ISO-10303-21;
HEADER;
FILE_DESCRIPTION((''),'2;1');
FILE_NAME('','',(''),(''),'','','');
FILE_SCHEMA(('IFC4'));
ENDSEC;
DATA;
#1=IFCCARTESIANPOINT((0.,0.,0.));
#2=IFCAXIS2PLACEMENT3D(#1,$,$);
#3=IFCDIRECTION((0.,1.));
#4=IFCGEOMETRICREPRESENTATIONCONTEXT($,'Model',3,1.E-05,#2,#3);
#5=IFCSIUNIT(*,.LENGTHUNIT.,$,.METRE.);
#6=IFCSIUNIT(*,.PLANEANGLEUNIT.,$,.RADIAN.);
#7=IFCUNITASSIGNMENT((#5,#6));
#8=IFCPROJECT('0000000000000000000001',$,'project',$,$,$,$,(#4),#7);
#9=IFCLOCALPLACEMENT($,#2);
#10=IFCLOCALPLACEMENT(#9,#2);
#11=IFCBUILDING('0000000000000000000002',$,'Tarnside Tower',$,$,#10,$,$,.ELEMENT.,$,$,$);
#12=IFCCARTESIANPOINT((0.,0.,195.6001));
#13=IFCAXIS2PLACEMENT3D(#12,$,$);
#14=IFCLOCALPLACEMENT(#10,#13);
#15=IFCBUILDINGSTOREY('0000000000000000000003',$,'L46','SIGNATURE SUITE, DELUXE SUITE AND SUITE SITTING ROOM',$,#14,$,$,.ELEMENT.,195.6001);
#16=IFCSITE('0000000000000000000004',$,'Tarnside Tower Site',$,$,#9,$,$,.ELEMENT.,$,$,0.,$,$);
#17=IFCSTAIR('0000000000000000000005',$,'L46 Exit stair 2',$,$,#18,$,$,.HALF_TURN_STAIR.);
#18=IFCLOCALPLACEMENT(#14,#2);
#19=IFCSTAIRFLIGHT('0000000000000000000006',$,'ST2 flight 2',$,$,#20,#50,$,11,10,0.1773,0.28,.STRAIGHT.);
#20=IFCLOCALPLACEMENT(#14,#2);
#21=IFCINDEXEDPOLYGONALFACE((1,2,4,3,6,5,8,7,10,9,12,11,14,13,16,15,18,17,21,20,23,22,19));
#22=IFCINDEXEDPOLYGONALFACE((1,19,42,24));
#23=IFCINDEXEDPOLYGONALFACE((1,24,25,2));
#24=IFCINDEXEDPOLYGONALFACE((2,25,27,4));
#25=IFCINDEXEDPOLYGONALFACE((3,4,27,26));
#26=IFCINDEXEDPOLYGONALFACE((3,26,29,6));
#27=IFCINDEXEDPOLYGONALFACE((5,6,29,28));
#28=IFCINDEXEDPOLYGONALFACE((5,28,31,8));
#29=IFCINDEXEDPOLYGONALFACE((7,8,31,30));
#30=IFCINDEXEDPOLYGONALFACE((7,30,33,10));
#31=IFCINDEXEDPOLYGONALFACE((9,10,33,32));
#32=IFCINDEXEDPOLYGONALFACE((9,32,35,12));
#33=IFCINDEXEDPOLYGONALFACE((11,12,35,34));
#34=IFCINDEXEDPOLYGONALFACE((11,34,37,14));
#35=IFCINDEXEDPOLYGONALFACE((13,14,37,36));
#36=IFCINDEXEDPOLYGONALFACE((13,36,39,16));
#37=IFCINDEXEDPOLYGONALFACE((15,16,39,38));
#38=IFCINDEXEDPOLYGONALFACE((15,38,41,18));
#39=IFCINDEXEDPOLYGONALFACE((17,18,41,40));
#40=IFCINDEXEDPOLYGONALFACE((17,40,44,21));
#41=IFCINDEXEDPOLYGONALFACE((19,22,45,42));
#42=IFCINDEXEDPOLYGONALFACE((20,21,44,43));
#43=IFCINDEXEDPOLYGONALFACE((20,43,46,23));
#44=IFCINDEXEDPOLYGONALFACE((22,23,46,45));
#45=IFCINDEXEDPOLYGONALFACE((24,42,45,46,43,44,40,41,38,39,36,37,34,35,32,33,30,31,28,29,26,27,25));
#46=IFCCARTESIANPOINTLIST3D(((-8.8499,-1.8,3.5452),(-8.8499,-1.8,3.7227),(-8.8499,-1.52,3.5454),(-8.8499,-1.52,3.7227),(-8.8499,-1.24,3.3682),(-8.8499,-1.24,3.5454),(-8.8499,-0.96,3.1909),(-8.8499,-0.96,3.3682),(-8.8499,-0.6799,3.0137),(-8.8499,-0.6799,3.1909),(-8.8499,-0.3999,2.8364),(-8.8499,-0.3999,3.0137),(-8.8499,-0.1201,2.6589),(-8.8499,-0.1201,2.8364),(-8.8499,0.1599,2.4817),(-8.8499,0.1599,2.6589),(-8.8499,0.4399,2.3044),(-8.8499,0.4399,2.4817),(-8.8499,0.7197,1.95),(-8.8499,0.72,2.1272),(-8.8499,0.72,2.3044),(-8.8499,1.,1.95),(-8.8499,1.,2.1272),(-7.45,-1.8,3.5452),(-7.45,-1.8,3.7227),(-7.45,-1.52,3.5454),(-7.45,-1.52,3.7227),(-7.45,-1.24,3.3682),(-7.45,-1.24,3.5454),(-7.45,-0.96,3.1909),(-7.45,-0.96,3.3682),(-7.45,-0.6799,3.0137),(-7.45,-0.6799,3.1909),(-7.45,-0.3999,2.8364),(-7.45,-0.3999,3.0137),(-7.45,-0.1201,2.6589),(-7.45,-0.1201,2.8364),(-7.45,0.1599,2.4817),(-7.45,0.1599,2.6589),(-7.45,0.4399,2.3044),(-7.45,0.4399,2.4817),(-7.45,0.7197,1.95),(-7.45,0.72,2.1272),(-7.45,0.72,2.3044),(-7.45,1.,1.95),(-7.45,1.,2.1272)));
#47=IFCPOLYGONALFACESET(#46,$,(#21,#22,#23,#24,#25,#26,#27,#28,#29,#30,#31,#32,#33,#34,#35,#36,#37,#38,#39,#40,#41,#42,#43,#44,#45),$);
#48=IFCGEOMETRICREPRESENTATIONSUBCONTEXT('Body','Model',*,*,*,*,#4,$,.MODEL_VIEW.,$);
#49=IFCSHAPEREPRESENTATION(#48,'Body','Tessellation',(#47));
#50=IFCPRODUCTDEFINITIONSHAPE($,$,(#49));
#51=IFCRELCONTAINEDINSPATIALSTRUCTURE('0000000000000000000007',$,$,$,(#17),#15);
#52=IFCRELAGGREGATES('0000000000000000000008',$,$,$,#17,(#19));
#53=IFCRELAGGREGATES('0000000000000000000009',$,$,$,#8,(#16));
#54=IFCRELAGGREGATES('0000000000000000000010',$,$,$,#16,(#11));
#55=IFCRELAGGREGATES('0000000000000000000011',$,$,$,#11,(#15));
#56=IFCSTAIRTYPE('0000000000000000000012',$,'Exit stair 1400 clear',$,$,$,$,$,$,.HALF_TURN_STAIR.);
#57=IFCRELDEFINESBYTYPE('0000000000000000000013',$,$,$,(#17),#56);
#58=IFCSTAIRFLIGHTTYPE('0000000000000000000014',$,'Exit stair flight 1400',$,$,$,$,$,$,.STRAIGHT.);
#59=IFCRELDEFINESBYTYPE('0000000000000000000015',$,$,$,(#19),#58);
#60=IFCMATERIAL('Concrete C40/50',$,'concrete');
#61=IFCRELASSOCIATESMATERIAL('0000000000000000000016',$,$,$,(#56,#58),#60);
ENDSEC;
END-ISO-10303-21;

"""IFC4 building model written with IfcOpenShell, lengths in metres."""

from ifc_helpers import new_model, si_unit, direction, frame, origin, place, context, subcontext, project, spatial, polyline, outline, extrude, material, type_object, element, aggregate, save


model = new_model("IFC4")

# Units and contexts
model_context = context("Model", 3, precision=1e-05, world=origin(), true_north=direction((0.0, 1.0)))
body_context = subcontext(model_context, "Body", "Model", "MODEL_VIEW")
ifc_project = project(units=[si_unit("LENGTHUNIT", "METRE"), si_unit("PLANEANGLEUNIT", "RADIAN")], contexts=[model_context])

# Site, building, storey
site_placement = place(None, origin())
site = spatial("IfcSite", under=ifc_project, at=site_placement, Name="Tarnside Tower Site", CompositionType="ELEMENT", RefElevation=0.0)
building_placement = place(site_placement, origin())
building = spatial("IfcBuilding", under=site, at=building_placement, Name="Tarnside Tower", CompositionType="ELEMENT")
storey_placement = place(building_placement, frame((0.0, 0.0, 195.6001)))
storey = spatial("IfcBuildingStorey", under=building, at=storey_placement, Name="L46", Description="SIGNATURE SUITE, DELUXE SUITE AND SUITE SITTING ROOM", CompositionType="ELEMENT", Elevation=195.6001)

# Shared definitions
ifc_material_1 = material(Name="Concrete C40/50", Category="concrete")

# Stair, stair flight
stair_type = type_object("IfcStairType", Name="Exit stair 1400 clear", PredefinedType="HALF_TURN_STAIR", material=ifc_material_1)
stair_placement = place(storey_placement, origin())
stair = element("IfcStair", 1, at=stair_placement, inside=storey, type_object=stair_type, Name="L46 Exit stair 2", PredefinedType="HALF_TURN_STAIR")
stair_flight_type = type_object("IfcStairFlightType", Name="Exit stair flight 1400", PredefinedType="STRAIGHT", material=ifc_material_1)
stair_flight_placement = place(storey_placement, frame((-8.1499, 1.0, 1.95), z_axis=(0.0, 0.0, 1.0), x_axis=(0.0, -1.0, 0.0)))
stair_flight = element("IfcStairFlight", 2, at=stair_flight_placement, type_object=stair_flight_type, Name="ST2 flight 2", NumberOfRisers=11, NumberOfTreads=10, PredefinedType="STRAIGHT", RiserHeight=0.1773, TreadLength=0.28, context=body_context, shape_type="SweptSolid", body=[
    extrude(outline(polyline([(0.0, 0.0), (0.0, 0.1772), (0.28, 0.1772), (0.28, 0.3545), (0.5601, 0.3545), (0.5601, 0.5317), (0.8401, 0.5317), (0.8401, 0.709), (1.1201, 0.709), (1.1201, 0.8865), (1.3999, 0.8865), (1.3999, 1.0637), (1.6799, 1.0637), (1.6799, 1.241), (1.96, 1.241), (1.96, 1.4182), (2.24, 1.4182), (2.24, 1.5955), (2.52, 1.5955), (2.52, 1.7727), (2.8, 1.7727), (2.8, 1.95), (2.8, 1.5952), (0.2803, 0.0), (0.0, 0.0)])), frame((0.0, 0.7, 0.0), z_axis=(0.0, -1.0, 0.0), x_axis=(1.0, 0.0, 0.0)), (0.0, 0.0, 1.0), 1.3999),
])
aggregate(stair, [stair_flight])

save(model, "model.ifc")
